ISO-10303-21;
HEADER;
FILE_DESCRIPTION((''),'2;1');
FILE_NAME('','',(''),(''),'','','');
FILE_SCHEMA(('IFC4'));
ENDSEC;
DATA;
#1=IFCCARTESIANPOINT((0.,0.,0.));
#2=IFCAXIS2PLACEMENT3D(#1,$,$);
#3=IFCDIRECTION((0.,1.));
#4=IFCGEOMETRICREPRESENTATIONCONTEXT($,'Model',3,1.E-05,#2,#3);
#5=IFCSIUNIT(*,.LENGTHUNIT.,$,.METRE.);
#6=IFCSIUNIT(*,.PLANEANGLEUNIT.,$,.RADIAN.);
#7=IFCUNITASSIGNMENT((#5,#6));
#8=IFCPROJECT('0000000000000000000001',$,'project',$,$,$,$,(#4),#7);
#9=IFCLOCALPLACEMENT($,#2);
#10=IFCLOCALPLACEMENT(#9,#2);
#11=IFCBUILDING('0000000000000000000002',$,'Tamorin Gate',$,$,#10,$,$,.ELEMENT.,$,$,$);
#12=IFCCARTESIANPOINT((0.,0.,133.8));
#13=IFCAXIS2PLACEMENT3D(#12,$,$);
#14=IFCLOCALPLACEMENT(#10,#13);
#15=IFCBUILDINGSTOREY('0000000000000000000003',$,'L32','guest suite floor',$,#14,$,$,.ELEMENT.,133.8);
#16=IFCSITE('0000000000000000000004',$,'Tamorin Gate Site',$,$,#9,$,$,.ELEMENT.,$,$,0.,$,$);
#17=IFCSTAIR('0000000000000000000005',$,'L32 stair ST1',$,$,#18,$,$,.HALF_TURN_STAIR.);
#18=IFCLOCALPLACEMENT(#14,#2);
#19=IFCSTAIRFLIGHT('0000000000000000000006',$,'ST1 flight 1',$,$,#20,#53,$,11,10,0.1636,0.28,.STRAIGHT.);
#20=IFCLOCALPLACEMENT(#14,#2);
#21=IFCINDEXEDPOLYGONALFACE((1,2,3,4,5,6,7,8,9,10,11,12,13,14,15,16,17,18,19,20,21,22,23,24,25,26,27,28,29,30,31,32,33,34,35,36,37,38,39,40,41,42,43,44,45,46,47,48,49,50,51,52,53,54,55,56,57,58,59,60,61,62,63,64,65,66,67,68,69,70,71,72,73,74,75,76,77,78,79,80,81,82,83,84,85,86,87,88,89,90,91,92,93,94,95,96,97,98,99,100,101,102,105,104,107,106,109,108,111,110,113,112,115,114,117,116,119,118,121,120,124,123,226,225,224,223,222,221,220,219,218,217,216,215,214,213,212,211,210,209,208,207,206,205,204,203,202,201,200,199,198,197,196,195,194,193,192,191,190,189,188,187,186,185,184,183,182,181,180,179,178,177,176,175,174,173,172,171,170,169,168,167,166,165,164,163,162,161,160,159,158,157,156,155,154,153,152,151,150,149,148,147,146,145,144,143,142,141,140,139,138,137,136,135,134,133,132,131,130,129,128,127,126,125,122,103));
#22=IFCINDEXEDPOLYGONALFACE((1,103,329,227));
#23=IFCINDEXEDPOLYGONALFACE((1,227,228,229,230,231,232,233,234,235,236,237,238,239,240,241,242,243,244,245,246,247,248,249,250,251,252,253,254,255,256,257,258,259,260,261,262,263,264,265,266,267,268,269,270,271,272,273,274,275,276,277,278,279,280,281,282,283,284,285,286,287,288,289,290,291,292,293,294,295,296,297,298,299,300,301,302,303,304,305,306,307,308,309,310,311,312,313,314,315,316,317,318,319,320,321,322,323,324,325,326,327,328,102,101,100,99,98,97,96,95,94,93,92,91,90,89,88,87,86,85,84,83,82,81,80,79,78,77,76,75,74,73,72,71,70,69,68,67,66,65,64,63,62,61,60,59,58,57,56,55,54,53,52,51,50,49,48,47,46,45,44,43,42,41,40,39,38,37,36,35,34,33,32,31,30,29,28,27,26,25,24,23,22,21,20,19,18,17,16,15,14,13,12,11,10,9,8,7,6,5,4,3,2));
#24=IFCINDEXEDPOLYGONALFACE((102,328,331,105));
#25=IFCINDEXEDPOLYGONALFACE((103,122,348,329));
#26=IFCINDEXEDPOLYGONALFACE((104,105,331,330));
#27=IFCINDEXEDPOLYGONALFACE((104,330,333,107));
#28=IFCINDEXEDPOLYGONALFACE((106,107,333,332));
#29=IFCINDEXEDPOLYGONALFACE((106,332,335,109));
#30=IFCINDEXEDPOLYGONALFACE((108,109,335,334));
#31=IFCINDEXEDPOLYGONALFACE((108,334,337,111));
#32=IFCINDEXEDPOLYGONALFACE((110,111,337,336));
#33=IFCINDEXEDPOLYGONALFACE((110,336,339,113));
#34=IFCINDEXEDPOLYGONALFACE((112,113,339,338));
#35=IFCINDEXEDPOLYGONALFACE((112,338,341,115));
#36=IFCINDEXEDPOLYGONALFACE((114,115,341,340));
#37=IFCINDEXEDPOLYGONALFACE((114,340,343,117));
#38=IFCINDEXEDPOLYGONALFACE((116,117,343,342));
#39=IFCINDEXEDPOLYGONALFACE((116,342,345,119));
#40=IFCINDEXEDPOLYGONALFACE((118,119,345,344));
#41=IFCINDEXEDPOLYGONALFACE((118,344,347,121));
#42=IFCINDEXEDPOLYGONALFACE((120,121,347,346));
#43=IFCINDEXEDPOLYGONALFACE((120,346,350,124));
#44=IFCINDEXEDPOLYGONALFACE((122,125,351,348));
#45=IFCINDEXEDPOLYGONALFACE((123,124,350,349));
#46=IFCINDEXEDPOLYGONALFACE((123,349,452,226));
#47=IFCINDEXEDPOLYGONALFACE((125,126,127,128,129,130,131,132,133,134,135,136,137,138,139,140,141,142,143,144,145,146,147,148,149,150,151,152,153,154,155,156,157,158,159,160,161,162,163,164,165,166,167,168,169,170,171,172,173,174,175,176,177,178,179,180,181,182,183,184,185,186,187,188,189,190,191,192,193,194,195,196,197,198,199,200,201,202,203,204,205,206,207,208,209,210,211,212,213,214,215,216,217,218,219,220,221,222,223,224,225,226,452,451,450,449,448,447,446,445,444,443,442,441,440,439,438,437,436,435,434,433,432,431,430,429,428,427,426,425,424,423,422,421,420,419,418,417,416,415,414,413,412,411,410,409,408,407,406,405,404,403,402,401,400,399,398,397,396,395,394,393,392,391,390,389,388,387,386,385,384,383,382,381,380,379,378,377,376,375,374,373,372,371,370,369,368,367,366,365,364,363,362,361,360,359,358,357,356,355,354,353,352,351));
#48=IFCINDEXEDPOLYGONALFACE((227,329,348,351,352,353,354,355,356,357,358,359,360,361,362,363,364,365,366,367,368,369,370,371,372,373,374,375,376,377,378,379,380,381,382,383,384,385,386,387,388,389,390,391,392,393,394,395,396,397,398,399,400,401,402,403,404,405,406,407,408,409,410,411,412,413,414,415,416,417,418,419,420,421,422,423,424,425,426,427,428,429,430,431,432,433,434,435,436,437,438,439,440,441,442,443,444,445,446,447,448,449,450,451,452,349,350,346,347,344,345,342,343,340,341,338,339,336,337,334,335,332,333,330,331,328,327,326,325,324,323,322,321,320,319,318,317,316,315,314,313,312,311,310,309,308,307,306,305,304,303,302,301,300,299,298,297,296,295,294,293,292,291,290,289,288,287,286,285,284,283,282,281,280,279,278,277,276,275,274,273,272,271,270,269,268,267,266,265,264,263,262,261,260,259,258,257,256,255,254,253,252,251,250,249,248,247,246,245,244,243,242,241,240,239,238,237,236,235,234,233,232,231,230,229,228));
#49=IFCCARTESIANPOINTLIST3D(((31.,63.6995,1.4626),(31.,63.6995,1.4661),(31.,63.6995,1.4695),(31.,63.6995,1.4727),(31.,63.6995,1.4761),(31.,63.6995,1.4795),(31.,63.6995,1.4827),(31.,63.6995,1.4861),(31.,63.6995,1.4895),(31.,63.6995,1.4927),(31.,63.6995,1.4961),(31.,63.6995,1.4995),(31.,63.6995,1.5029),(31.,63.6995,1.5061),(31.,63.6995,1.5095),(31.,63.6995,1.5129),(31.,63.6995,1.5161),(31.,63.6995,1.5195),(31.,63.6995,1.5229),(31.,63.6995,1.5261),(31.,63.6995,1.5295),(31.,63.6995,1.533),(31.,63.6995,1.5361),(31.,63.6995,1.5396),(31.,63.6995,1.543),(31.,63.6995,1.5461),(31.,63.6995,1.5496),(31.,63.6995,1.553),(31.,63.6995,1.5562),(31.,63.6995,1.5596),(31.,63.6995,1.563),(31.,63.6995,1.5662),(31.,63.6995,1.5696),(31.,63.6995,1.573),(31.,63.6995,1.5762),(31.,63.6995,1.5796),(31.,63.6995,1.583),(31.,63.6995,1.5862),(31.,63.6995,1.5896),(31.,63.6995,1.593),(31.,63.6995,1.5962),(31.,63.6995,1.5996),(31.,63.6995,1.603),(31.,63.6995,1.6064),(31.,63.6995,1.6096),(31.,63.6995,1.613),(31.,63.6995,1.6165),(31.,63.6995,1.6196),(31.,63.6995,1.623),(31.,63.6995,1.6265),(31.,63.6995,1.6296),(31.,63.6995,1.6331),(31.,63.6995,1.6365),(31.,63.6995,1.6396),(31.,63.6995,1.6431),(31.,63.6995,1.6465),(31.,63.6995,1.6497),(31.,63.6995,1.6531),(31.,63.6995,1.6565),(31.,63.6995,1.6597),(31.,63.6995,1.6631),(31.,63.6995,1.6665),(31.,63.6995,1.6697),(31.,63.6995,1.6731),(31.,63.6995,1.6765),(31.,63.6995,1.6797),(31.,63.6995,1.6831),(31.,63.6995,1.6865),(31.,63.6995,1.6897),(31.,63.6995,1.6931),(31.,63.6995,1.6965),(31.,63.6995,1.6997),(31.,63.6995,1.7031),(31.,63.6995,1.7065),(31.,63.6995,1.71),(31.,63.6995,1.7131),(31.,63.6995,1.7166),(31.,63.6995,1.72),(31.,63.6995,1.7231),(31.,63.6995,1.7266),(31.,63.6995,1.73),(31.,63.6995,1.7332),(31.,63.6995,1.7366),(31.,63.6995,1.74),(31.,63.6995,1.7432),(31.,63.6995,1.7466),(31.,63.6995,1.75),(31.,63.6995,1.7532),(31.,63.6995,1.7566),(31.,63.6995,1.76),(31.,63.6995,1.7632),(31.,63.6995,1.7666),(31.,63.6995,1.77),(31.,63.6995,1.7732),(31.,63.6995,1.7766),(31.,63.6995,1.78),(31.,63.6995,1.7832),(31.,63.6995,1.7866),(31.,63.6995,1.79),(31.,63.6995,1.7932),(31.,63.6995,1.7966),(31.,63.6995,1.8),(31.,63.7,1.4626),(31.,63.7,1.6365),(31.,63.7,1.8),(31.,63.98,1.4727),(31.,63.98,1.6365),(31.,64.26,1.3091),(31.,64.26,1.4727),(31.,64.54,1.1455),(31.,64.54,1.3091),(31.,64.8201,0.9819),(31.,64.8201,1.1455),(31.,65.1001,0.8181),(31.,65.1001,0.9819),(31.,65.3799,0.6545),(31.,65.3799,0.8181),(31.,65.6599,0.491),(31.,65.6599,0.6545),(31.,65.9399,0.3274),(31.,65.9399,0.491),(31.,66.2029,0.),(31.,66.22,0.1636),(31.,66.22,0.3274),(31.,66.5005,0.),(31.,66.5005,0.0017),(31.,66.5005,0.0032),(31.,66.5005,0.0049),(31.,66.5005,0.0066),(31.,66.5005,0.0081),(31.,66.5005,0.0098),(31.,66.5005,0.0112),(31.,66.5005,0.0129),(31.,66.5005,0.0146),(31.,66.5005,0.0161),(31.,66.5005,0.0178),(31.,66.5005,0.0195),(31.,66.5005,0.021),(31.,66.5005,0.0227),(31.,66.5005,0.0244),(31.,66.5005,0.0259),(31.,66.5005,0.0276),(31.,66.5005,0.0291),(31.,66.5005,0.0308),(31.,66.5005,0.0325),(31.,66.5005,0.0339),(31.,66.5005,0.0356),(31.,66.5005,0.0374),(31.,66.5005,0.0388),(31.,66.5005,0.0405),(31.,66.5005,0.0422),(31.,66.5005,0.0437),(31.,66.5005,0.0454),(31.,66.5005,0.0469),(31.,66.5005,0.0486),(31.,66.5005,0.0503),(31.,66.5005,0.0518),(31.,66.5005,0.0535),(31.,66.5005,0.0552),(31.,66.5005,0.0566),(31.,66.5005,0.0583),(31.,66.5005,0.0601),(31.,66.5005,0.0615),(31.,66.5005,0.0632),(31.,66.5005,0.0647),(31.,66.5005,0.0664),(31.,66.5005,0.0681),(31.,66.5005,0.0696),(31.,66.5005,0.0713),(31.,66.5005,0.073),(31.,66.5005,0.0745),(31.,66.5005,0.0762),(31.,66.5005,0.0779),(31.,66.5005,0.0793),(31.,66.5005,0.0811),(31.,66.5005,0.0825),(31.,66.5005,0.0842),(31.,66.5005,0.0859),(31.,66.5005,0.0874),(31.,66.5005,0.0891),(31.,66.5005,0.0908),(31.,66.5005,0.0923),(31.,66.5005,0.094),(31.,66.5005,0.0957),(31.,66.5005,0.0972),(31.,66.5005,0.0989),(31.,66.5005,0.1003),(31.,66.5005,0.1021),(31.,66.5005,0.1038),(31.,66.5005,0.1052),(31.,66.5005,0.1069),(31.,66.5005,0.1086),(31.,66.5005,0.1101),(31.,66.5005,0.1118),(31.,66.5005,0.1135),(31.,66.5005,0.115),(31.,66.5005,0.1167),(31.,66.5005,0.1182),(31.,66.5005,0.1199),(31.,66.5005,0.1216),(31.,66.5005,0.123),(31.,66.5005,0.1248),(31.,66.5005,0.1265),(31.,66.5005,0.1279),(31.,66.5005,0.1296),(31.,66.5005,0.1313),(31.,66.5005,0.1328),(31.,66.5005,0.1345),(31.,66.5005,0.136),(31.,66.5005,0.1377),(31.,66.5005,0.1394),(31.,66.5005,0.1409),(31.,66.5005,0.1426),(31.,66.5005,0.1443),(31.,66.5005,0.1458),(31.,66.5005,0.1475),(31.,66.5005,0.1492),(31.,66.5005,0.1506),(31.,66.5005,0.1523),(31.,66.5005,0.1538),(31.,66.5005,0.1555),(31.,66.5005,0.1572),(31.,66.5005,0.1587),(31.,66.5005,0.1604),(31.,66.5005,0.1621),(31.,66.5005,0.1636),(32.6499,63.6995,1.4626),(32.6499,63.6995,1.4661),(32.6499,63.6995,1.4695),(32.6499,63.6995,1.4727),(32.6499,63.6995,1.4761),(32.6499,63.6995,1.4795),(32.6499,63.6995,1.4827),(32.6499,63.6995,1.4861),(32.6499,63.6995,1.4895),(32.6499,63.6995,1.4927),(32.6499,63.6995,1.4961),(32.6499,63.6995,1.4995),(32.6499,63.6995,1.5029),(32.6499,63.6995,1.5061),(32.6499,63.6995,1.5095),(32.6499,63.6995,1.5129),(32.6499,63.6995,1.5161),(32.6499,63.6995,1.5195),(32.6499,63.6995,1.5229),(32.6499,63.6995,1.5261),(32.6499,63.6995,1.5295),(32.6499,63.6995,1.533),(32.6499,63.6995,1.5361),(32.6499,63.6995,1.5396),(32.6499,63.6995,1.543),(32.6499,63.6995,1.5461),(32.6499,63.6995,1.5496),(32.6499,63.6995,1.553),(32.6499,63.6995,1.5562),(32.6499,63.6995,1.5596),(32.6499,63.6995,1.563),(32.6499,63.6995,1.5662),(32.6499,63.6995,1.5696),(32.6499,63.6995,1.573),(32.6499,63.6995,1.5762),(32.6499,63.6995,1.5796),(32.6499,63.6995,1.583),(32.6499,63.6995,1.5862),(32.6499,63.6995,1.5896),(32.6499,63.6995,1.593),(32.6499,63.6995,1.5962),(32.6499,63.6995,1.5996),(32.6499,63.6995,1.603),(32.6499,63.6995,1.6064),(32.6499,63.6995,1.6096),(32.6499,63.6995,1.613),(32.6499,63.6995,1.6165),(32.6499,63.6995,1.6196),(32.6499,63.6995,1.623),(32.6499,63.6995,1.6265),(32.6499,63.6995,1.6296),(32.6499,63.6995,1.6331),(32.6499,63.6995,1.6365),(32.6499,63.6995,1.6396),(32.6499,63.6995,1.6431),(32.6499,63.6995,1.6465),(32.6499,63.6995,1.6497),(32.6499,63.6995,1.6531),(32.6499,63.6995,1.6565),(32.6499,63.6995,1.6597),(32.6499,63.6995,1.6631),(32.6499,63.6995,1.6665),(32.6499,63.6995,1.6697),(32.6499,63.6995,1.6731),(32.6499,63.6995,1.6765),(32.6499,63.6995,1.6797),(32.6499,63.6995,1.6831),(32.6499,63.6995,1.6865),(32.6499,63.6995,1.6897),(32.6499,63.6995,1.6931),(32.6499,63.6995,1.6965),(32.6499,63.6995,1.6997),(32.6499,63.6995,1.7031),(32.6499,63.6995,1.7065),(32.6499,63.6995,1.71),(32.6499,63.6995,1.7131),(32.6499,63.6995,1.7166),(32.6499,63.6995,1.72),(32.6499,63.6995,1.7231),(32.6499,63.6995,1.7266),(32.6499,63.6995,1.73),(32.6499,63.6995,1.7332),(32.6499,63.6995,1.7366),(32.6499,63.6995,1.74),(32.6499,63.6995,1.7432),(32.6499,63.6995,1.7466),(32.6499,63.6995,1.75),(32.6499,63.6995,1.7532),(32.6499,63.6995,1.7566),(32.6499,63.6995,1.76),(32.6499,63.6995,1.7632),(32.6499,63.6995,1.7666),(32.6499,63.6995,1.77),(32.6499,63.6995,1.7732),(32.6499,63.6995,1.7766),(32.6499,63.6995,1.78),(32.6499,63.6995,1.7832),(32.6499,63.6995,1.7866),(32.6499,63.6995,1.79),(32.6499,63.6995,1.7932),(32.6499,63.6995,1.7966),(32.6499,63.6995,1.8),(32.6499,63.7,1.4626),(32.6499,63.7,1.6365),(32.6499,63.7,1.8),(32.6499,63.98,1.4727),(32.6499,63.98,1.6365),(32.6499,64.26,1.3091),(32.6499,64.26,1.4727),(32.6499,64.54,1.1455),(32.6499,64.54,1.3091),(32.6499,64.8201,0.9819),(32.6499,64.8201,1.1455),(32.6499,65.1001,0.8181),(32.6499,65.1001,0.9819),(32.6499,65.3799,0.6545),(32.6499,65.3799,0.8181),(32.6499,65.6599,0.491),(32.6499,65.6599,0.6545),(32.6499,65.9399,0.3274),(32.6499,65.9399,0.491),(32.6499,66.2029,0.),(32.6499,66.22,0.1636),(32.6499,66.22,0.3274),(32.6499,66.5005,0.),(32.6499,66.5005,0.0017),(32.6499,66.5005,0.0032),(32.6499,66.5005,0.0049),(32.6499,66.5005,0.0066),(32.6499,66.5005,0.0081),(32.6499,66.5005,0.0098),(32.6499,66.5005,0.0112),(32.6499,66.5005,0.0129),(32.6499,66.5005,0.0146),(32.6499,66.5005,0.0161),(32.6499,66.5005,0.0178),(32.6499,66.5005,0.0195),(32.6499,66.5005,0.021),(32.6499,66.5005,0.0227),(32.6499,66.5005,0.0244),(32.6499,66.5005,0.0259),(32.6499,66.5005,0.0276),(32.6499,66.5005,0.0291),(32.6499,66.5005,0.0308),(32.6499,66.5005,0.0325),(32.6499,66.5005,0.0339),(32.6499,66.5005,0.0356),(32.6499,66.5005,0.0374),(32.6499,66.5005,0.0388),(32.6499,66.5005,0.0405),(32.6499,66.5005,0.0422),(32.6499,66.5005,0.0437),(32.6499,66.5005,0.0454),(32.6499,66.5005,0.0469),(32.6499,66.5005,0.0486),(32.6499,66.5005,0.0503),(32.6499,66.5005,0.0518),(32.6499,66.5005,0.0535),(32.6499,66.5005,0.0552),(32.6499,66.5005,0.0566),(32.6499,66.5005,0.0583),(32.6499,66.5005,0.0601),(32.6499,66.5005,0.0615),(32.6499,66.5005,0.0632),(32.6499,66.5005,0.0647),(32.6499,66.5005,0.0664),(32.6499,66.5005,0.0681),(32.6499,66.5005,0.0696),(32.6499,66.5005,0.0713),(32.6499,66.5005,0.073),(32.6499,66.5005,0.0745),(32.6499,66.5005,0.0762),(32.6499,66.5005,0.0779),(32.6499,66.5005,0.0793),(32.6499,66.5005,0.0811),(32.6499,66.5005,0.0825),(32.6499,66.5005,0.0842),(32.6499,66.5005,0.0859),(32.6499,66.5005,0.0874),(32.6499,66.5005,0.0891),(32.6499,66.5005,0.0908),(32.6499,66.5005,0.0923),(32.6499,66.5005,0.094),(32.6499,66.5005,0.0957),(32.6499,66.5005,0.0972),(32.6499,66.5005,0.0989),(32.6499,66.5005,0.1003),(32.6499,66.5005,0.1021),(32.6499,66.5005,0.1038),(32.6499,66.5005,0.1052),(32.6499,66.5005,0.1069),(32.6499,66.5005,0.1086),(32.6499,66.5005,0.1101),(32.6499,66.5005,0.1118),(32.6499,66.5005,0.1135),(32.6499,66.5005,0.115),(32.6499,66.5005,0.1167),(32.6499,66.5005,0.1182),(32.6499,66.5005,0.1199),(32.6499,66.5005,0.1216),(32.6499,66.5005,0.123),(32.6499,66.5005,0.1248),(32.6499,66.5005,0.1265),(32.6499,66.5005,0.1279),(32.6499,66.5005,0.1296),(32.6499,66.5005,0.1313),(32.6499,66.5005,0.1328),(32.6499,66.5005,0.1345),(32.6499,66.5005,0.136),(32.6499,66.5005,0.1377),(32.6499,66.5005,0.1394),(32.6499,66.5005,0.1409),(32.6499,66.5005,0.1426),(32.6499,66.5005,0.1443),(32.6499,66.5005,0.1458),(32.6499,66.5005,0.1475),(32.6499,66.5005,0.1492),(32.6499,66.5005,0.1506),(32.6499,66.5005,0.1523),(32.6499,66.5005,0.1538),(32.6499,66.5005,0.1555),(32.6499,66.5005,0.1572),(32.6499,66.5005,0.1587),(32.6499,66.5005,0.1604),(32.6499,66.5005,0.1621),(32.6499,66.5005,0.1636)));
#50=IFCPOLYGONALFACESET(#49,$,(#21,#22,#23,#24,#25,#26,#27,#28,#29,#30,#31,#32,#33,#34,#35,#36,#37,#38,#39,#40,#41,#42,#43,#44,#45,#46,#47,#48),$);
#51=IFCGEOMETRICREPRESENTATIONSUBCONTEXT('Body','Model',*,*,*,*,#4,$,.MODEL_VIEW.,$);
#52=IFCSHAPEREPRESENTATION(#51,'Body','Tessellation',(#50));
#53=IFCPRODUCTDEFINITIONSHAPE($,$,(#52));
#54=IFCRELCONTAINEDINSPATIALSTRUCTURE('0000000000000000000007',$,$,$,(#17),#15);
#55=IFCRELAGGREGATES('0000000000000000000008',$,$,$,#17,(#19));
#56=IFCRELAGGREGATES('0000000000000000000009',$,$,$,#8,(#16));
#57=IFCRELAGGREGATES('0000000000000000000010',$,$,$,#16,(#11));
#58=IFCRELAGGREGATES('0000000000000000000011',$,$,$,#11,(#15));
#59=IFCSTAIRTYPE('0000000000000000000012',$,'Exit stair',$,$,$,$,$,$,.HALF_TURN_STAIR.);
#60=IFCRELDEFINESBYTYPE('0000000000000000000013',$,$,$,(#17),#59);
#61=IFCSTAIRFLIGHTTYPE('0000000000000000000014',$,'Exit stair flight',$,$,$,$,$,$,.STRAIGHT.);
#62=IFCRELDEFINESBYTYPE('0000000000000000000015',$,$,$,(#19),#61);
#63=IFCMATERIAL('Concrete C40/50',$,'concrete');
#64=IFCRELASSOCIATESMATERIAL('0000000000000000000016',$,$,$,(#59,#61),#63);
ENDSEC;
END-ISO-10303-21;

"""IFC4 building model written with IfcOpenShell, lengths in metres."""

from ifc_helpers import new_model, si_unit, direction, frame, origin, place, context, subcontext, project, spatial, polyline, outline, extrude, material, type_object, element, aggregate, save


model = new_model("IFC4")

# Units and contexts
model_context = context("Model", 3, precision=1e-05, world=origin(), true_north=direction((0.0, 1.0)))
body_context = subcontext(model_context, "Body", "Model", "MODEL_VIEW")
ifc_project = project(units=[si_unit("LENGTHUNIT", "METRE"), si_unit("PLANEANGLEUNIT", "RADIAN")], contexts=[model_context])

# Site, building, storey
site_placement = place(None, origin())
site = spatial("IfcSite", under=ifc_project, at=site_placement, Name="Tamorin Gate Site", CompositionType="ELEMENT", RefElevation=0.0)
building_placement = place(site_placement, origin())
building = spatial("IfcBuilding", under=site, at=building_placement, Name="Tamorin Gate", CompositionType="ELEMENT")
storey_placement = place(building_placement, frame((0.0, 0.0, 133.8)))
storey = spatial("IfcBuildingStorey", under=building, at=storey_placement, Name="L32", Description="guest suite floor", CompositionType="ELEMENT", Elevation=133.8)

# Shared definitions
ifc_material_1 = material(Name="Concrete C40/50", Category="concrete")

# Stair, stair flight
stair_type = type_object("IfcStairType", Name="Exit stair", PredefinedType="HALF_TURN_STAIR", material=ifc_material_1)
stair_1_placement = place(storey_placement, origin())
stair_1 = element("IfcStair", 1, at=stair_1_placement, inside=storey, type_object=stair_type, Name="L32 stair ST1", PredefinedType="HALF_TURN_STAIR")
stair_flight_type = type_object("IfcStairFlightType", Name="Exit stair flight", PredefinedType="STRAIGHT", material=ifc_material_1)
stair_flight_1_placement = place(storey_placement, frame((31.825, 66.5, 0.0), z_axis=(0.0, 0.0, 1.0), x_axis=(0.0, -1.0, 0.0)))
stair_flight_1 = element("IfcStairFlight", 2, at=stair_flight_1_placement, type_object=stair_flight_type, Name="ST1 flight 1", NumberOfRisers=11, NumberOfTreads=10, PredefinedType="STRAIGHT", RiserHeight=0.1636, TreadLength=0.28, context=body_context, shape_type="SweptSolid", body=[
    extrude(outline(polyline([(-0.0005, 0.0), (-0.0005, 0.0017), (-0.0005, 0.0032), (-0.0005, 0.0049), (-0.0005, 0.0066), (-0.0005, 0.0081), (-0.0005, 0.0098), (-0.0005, 0.0112), (-0.0005, 0.0129), (-0.0005, 0.0146), (-0.0005, 0.0161), (-0.0005, 0.0178), (-0.0005, 0.0195), (-0.0005, 0.021), (-0.0005, 0.0227), (-0.0005, 0.0244), (-0.0005, 0.0259), (-0.0005, 0.0276), (-0.0005, 0.0291), (-0.0005, 0.0308), (-0.0005, 0.0325), (-0.0005, 0.0339), (-0.0005, 0.0356), (-0.0005, 0.0374), (-0.0005, 0.0388), (-0.0005, 0.0405), (-0.0005, 0.0422), (-0.0005, 0.0437), (-0.0005, 0.0454), (-0.0005, 0.0469), (-0.0005, 0.0486), (-0.0005, 0.0503), (-0.0005, 0.0518), (-0.0005, 0.0535), (-0.0005, 0.0552), (-0.0005, 0.0566), (-0.0005, 0.0583), (-0.0005, 0.0601), (-0.0005, 0.0615), (-0.0005, 0.0632), (-0.0005, 0.0647), (-0.0005, 0.0664), (-0.0005, 0.0681), (-0.0005, 0.0696), (-0.0005, 0.0713), (-0.0005, 0.073), (-0.0005, 0.0745), (-0.0005, 0.0762), (-0.0005, 0.0779), (-0.0005, 0.0793), (-0.0005, 0.0811), (-0.0005, 0.0825), (-0.0005, 0.0842), (-0.0005, 0.0859), (-0.0005, 0.0874), (-0.0005, 0.0891), (-0.0005, 0.0908), (-0.0005, 0.0923), (-0.0005, 0.094), (-0.0005, 0.0957), (-0.0005, 0.0972), (-0.0005, 0.0989), (-0.0005, 0.1003), (-0.0005, 0.1021), (-0.0005, 0.1038), (-0.0005, 0.1052), (-0.0005, 0.1069), (-0.0005, 0.1086), (-0.0005, 0.1101), (-0.0005, 0.1118), (-0.0005, 0.1135), (-0.0005, 0.115), (-0.0005, 0.1167), (-0.0005, 0.1182), (-0.0005, 0.1199), (-0.0005, 0.1216), (-0.0005, 0.123), (-0.0005, 0.1248), (-0.0005, 0.1265), (-0.0005, 0.1279), (-0.0005, 0.1296), (-0.0005, 0.1313), (-0.0005, 0.1328), (-0.0005, 0.1345), (-0.0005, 0.136), (-0.0005, 0.1377), (-0.0005, 0.1394), (-0.0005, 0.1409), (-0.0005, 0.1426), (-0.0005, 0.1443), (-0.0005, 0.1458), (-0.0005, 0.1475), (-0.0005, 0.1492), (-0.0005, 0.1506), (-0.0005, 0.1523), (-0.0005, 0.1538), (-0.0005, 0.1555), (-0.0005, 0.1572), (-0.0005, 0.1587), (-0.0005, 0.1604), (-0.0005, 0.1621), (-0.0005, 0.1636), (0.28, 0.1636), (0.28, 0.3274), (0.5601, 0.3274), (0.5601, 0.491), (0.8401, 0.491), (0.8401, 0.6545), (1.1201, 0.6545), (1.1201, 0.8181), (1.3999, 0.8181), (1.3999, 0.9819), (1.6799, 0.9819), (1.6799, 1.1455), (1.96, 1.1455), (1.96, 1.3091), (2.24, 1.3091), (2.24, 1.4727), (2.52, 1.4727), (2.52, 1.6365), (2.8, 1.6365), (2.8, 1.8), (2.8005, 1.8), (2.8005, 1.7966), (2.8005, 1.7932), (2.8005, 1.79), (2.8005, 1.7866), (2.8005, 1.7832), (2.8005, 1.78), (2.8005, 1.7766), (2.8005, 1.7732), (2.8005, 1.77), (2.8005, 1.7666), (2.8005, 1.7632), (2.8005, 1.76), (2.8005, 1.7566), (2.8005, 1.7532), (2.8005, 1.75), (2.8005, 1.7466), (2.8005, 1.7432), (2.8005, 1.74), (2.8005, 1.7366), (2.8005, 1.7332), (2.8005, 1.73), (2.8005, 1.7266), (2.8005, 1.7231), (2.8005, 1.72), (2.8005, 1.7166), (2.8005, 1.7131), (2.8005, 1.71), (2.8005, 1.7065), (2.8005, 1.7031), (2.8005, 1.6997), (2.8005, 1.6965), (2.8005, 1.6931), (2.8005, 1.6897), (2.8005, 1.6865), (2.8005, 1.6831), (2.8005, 1.6797), (2.8005, 1.6765), (2.8005, 1.6731), (2.8005, 1.6697), (2.8005, 1.6665), (2.8005, 1.6631), (2.8005, 1.6597), (2.8005, 1.6565), (2.8005, 1.6531), (2.8005, 1.6497), (2.8005, 1.6465), (2.8005, 1.6431), (2.8005, 1.6396), (2.8005, 1.6365), (2.8005, 1.6331), (2.8005, 1.6296), (2.8005, 1.6265), (2.8005, 1.623), (2.8005, 1.6196), (2.8005, 1.6165), (2.8005, 1.613), (2.8005, 1.6096), (2.8005, 1.6064), (2.8005, 1.603), (2.8005, 1.5996), (2.8005, 1.5962), (2.8005, 1.593), (2.8005, 1.5896), (2.8005, 1.5862), (2.8005, 1.583), (2.8005, 1.5796), (2.8005, 1.5762), (2.8005, 1.573), (2.8005, 1.5696), (2.8005, 1.5662), (2.8005, 1.563), (2.8005, 1.5596), (2.8005, 1.5562), (2.8005, 1.553), (2.8005, 1.5496), (2.8005, 1.5461), (2.8005, 1.543), (2.8005, 1.5396), (2.8005, 1.5361), (2.8005, 1.533), (2.8005, 1.5295), (2.8005, 1.5261), (2.8005, 1.5229), (2.8005, 1.5195), (2.8005, 1.5161), (2.8005, 1.5129), (2.8005, 1.5095), (2.8005, 1.5061), (2.8005, 1.5029), (2.8005, 1.4995), (2.8005, 1.4961), (2.8005, 1.4927), (2.8005, 1.4895), (2.8005, 1.4861), (2.8005, 1.4827), (2.8005, 1.4795), (2.8005, 1.4761), (2.8005, 1.4727), (2.8005, 1.4695), (2.8005, 1.4661), (2.8005, 1.4626), (2.8, 1.4626), (0.2971, 0.0), (-0.0005, 0.0)])), frame((0.0, 0.825, 0.0), z_axis=(0.0, -1.0, 0.0), x_axis=(1.0, 0.0, 0.0)), (0.0, 0.0, 1.0), 1.6499),
])
aggregate(stair_1, [stair_flight_1])

save(model, "model.ifc")
